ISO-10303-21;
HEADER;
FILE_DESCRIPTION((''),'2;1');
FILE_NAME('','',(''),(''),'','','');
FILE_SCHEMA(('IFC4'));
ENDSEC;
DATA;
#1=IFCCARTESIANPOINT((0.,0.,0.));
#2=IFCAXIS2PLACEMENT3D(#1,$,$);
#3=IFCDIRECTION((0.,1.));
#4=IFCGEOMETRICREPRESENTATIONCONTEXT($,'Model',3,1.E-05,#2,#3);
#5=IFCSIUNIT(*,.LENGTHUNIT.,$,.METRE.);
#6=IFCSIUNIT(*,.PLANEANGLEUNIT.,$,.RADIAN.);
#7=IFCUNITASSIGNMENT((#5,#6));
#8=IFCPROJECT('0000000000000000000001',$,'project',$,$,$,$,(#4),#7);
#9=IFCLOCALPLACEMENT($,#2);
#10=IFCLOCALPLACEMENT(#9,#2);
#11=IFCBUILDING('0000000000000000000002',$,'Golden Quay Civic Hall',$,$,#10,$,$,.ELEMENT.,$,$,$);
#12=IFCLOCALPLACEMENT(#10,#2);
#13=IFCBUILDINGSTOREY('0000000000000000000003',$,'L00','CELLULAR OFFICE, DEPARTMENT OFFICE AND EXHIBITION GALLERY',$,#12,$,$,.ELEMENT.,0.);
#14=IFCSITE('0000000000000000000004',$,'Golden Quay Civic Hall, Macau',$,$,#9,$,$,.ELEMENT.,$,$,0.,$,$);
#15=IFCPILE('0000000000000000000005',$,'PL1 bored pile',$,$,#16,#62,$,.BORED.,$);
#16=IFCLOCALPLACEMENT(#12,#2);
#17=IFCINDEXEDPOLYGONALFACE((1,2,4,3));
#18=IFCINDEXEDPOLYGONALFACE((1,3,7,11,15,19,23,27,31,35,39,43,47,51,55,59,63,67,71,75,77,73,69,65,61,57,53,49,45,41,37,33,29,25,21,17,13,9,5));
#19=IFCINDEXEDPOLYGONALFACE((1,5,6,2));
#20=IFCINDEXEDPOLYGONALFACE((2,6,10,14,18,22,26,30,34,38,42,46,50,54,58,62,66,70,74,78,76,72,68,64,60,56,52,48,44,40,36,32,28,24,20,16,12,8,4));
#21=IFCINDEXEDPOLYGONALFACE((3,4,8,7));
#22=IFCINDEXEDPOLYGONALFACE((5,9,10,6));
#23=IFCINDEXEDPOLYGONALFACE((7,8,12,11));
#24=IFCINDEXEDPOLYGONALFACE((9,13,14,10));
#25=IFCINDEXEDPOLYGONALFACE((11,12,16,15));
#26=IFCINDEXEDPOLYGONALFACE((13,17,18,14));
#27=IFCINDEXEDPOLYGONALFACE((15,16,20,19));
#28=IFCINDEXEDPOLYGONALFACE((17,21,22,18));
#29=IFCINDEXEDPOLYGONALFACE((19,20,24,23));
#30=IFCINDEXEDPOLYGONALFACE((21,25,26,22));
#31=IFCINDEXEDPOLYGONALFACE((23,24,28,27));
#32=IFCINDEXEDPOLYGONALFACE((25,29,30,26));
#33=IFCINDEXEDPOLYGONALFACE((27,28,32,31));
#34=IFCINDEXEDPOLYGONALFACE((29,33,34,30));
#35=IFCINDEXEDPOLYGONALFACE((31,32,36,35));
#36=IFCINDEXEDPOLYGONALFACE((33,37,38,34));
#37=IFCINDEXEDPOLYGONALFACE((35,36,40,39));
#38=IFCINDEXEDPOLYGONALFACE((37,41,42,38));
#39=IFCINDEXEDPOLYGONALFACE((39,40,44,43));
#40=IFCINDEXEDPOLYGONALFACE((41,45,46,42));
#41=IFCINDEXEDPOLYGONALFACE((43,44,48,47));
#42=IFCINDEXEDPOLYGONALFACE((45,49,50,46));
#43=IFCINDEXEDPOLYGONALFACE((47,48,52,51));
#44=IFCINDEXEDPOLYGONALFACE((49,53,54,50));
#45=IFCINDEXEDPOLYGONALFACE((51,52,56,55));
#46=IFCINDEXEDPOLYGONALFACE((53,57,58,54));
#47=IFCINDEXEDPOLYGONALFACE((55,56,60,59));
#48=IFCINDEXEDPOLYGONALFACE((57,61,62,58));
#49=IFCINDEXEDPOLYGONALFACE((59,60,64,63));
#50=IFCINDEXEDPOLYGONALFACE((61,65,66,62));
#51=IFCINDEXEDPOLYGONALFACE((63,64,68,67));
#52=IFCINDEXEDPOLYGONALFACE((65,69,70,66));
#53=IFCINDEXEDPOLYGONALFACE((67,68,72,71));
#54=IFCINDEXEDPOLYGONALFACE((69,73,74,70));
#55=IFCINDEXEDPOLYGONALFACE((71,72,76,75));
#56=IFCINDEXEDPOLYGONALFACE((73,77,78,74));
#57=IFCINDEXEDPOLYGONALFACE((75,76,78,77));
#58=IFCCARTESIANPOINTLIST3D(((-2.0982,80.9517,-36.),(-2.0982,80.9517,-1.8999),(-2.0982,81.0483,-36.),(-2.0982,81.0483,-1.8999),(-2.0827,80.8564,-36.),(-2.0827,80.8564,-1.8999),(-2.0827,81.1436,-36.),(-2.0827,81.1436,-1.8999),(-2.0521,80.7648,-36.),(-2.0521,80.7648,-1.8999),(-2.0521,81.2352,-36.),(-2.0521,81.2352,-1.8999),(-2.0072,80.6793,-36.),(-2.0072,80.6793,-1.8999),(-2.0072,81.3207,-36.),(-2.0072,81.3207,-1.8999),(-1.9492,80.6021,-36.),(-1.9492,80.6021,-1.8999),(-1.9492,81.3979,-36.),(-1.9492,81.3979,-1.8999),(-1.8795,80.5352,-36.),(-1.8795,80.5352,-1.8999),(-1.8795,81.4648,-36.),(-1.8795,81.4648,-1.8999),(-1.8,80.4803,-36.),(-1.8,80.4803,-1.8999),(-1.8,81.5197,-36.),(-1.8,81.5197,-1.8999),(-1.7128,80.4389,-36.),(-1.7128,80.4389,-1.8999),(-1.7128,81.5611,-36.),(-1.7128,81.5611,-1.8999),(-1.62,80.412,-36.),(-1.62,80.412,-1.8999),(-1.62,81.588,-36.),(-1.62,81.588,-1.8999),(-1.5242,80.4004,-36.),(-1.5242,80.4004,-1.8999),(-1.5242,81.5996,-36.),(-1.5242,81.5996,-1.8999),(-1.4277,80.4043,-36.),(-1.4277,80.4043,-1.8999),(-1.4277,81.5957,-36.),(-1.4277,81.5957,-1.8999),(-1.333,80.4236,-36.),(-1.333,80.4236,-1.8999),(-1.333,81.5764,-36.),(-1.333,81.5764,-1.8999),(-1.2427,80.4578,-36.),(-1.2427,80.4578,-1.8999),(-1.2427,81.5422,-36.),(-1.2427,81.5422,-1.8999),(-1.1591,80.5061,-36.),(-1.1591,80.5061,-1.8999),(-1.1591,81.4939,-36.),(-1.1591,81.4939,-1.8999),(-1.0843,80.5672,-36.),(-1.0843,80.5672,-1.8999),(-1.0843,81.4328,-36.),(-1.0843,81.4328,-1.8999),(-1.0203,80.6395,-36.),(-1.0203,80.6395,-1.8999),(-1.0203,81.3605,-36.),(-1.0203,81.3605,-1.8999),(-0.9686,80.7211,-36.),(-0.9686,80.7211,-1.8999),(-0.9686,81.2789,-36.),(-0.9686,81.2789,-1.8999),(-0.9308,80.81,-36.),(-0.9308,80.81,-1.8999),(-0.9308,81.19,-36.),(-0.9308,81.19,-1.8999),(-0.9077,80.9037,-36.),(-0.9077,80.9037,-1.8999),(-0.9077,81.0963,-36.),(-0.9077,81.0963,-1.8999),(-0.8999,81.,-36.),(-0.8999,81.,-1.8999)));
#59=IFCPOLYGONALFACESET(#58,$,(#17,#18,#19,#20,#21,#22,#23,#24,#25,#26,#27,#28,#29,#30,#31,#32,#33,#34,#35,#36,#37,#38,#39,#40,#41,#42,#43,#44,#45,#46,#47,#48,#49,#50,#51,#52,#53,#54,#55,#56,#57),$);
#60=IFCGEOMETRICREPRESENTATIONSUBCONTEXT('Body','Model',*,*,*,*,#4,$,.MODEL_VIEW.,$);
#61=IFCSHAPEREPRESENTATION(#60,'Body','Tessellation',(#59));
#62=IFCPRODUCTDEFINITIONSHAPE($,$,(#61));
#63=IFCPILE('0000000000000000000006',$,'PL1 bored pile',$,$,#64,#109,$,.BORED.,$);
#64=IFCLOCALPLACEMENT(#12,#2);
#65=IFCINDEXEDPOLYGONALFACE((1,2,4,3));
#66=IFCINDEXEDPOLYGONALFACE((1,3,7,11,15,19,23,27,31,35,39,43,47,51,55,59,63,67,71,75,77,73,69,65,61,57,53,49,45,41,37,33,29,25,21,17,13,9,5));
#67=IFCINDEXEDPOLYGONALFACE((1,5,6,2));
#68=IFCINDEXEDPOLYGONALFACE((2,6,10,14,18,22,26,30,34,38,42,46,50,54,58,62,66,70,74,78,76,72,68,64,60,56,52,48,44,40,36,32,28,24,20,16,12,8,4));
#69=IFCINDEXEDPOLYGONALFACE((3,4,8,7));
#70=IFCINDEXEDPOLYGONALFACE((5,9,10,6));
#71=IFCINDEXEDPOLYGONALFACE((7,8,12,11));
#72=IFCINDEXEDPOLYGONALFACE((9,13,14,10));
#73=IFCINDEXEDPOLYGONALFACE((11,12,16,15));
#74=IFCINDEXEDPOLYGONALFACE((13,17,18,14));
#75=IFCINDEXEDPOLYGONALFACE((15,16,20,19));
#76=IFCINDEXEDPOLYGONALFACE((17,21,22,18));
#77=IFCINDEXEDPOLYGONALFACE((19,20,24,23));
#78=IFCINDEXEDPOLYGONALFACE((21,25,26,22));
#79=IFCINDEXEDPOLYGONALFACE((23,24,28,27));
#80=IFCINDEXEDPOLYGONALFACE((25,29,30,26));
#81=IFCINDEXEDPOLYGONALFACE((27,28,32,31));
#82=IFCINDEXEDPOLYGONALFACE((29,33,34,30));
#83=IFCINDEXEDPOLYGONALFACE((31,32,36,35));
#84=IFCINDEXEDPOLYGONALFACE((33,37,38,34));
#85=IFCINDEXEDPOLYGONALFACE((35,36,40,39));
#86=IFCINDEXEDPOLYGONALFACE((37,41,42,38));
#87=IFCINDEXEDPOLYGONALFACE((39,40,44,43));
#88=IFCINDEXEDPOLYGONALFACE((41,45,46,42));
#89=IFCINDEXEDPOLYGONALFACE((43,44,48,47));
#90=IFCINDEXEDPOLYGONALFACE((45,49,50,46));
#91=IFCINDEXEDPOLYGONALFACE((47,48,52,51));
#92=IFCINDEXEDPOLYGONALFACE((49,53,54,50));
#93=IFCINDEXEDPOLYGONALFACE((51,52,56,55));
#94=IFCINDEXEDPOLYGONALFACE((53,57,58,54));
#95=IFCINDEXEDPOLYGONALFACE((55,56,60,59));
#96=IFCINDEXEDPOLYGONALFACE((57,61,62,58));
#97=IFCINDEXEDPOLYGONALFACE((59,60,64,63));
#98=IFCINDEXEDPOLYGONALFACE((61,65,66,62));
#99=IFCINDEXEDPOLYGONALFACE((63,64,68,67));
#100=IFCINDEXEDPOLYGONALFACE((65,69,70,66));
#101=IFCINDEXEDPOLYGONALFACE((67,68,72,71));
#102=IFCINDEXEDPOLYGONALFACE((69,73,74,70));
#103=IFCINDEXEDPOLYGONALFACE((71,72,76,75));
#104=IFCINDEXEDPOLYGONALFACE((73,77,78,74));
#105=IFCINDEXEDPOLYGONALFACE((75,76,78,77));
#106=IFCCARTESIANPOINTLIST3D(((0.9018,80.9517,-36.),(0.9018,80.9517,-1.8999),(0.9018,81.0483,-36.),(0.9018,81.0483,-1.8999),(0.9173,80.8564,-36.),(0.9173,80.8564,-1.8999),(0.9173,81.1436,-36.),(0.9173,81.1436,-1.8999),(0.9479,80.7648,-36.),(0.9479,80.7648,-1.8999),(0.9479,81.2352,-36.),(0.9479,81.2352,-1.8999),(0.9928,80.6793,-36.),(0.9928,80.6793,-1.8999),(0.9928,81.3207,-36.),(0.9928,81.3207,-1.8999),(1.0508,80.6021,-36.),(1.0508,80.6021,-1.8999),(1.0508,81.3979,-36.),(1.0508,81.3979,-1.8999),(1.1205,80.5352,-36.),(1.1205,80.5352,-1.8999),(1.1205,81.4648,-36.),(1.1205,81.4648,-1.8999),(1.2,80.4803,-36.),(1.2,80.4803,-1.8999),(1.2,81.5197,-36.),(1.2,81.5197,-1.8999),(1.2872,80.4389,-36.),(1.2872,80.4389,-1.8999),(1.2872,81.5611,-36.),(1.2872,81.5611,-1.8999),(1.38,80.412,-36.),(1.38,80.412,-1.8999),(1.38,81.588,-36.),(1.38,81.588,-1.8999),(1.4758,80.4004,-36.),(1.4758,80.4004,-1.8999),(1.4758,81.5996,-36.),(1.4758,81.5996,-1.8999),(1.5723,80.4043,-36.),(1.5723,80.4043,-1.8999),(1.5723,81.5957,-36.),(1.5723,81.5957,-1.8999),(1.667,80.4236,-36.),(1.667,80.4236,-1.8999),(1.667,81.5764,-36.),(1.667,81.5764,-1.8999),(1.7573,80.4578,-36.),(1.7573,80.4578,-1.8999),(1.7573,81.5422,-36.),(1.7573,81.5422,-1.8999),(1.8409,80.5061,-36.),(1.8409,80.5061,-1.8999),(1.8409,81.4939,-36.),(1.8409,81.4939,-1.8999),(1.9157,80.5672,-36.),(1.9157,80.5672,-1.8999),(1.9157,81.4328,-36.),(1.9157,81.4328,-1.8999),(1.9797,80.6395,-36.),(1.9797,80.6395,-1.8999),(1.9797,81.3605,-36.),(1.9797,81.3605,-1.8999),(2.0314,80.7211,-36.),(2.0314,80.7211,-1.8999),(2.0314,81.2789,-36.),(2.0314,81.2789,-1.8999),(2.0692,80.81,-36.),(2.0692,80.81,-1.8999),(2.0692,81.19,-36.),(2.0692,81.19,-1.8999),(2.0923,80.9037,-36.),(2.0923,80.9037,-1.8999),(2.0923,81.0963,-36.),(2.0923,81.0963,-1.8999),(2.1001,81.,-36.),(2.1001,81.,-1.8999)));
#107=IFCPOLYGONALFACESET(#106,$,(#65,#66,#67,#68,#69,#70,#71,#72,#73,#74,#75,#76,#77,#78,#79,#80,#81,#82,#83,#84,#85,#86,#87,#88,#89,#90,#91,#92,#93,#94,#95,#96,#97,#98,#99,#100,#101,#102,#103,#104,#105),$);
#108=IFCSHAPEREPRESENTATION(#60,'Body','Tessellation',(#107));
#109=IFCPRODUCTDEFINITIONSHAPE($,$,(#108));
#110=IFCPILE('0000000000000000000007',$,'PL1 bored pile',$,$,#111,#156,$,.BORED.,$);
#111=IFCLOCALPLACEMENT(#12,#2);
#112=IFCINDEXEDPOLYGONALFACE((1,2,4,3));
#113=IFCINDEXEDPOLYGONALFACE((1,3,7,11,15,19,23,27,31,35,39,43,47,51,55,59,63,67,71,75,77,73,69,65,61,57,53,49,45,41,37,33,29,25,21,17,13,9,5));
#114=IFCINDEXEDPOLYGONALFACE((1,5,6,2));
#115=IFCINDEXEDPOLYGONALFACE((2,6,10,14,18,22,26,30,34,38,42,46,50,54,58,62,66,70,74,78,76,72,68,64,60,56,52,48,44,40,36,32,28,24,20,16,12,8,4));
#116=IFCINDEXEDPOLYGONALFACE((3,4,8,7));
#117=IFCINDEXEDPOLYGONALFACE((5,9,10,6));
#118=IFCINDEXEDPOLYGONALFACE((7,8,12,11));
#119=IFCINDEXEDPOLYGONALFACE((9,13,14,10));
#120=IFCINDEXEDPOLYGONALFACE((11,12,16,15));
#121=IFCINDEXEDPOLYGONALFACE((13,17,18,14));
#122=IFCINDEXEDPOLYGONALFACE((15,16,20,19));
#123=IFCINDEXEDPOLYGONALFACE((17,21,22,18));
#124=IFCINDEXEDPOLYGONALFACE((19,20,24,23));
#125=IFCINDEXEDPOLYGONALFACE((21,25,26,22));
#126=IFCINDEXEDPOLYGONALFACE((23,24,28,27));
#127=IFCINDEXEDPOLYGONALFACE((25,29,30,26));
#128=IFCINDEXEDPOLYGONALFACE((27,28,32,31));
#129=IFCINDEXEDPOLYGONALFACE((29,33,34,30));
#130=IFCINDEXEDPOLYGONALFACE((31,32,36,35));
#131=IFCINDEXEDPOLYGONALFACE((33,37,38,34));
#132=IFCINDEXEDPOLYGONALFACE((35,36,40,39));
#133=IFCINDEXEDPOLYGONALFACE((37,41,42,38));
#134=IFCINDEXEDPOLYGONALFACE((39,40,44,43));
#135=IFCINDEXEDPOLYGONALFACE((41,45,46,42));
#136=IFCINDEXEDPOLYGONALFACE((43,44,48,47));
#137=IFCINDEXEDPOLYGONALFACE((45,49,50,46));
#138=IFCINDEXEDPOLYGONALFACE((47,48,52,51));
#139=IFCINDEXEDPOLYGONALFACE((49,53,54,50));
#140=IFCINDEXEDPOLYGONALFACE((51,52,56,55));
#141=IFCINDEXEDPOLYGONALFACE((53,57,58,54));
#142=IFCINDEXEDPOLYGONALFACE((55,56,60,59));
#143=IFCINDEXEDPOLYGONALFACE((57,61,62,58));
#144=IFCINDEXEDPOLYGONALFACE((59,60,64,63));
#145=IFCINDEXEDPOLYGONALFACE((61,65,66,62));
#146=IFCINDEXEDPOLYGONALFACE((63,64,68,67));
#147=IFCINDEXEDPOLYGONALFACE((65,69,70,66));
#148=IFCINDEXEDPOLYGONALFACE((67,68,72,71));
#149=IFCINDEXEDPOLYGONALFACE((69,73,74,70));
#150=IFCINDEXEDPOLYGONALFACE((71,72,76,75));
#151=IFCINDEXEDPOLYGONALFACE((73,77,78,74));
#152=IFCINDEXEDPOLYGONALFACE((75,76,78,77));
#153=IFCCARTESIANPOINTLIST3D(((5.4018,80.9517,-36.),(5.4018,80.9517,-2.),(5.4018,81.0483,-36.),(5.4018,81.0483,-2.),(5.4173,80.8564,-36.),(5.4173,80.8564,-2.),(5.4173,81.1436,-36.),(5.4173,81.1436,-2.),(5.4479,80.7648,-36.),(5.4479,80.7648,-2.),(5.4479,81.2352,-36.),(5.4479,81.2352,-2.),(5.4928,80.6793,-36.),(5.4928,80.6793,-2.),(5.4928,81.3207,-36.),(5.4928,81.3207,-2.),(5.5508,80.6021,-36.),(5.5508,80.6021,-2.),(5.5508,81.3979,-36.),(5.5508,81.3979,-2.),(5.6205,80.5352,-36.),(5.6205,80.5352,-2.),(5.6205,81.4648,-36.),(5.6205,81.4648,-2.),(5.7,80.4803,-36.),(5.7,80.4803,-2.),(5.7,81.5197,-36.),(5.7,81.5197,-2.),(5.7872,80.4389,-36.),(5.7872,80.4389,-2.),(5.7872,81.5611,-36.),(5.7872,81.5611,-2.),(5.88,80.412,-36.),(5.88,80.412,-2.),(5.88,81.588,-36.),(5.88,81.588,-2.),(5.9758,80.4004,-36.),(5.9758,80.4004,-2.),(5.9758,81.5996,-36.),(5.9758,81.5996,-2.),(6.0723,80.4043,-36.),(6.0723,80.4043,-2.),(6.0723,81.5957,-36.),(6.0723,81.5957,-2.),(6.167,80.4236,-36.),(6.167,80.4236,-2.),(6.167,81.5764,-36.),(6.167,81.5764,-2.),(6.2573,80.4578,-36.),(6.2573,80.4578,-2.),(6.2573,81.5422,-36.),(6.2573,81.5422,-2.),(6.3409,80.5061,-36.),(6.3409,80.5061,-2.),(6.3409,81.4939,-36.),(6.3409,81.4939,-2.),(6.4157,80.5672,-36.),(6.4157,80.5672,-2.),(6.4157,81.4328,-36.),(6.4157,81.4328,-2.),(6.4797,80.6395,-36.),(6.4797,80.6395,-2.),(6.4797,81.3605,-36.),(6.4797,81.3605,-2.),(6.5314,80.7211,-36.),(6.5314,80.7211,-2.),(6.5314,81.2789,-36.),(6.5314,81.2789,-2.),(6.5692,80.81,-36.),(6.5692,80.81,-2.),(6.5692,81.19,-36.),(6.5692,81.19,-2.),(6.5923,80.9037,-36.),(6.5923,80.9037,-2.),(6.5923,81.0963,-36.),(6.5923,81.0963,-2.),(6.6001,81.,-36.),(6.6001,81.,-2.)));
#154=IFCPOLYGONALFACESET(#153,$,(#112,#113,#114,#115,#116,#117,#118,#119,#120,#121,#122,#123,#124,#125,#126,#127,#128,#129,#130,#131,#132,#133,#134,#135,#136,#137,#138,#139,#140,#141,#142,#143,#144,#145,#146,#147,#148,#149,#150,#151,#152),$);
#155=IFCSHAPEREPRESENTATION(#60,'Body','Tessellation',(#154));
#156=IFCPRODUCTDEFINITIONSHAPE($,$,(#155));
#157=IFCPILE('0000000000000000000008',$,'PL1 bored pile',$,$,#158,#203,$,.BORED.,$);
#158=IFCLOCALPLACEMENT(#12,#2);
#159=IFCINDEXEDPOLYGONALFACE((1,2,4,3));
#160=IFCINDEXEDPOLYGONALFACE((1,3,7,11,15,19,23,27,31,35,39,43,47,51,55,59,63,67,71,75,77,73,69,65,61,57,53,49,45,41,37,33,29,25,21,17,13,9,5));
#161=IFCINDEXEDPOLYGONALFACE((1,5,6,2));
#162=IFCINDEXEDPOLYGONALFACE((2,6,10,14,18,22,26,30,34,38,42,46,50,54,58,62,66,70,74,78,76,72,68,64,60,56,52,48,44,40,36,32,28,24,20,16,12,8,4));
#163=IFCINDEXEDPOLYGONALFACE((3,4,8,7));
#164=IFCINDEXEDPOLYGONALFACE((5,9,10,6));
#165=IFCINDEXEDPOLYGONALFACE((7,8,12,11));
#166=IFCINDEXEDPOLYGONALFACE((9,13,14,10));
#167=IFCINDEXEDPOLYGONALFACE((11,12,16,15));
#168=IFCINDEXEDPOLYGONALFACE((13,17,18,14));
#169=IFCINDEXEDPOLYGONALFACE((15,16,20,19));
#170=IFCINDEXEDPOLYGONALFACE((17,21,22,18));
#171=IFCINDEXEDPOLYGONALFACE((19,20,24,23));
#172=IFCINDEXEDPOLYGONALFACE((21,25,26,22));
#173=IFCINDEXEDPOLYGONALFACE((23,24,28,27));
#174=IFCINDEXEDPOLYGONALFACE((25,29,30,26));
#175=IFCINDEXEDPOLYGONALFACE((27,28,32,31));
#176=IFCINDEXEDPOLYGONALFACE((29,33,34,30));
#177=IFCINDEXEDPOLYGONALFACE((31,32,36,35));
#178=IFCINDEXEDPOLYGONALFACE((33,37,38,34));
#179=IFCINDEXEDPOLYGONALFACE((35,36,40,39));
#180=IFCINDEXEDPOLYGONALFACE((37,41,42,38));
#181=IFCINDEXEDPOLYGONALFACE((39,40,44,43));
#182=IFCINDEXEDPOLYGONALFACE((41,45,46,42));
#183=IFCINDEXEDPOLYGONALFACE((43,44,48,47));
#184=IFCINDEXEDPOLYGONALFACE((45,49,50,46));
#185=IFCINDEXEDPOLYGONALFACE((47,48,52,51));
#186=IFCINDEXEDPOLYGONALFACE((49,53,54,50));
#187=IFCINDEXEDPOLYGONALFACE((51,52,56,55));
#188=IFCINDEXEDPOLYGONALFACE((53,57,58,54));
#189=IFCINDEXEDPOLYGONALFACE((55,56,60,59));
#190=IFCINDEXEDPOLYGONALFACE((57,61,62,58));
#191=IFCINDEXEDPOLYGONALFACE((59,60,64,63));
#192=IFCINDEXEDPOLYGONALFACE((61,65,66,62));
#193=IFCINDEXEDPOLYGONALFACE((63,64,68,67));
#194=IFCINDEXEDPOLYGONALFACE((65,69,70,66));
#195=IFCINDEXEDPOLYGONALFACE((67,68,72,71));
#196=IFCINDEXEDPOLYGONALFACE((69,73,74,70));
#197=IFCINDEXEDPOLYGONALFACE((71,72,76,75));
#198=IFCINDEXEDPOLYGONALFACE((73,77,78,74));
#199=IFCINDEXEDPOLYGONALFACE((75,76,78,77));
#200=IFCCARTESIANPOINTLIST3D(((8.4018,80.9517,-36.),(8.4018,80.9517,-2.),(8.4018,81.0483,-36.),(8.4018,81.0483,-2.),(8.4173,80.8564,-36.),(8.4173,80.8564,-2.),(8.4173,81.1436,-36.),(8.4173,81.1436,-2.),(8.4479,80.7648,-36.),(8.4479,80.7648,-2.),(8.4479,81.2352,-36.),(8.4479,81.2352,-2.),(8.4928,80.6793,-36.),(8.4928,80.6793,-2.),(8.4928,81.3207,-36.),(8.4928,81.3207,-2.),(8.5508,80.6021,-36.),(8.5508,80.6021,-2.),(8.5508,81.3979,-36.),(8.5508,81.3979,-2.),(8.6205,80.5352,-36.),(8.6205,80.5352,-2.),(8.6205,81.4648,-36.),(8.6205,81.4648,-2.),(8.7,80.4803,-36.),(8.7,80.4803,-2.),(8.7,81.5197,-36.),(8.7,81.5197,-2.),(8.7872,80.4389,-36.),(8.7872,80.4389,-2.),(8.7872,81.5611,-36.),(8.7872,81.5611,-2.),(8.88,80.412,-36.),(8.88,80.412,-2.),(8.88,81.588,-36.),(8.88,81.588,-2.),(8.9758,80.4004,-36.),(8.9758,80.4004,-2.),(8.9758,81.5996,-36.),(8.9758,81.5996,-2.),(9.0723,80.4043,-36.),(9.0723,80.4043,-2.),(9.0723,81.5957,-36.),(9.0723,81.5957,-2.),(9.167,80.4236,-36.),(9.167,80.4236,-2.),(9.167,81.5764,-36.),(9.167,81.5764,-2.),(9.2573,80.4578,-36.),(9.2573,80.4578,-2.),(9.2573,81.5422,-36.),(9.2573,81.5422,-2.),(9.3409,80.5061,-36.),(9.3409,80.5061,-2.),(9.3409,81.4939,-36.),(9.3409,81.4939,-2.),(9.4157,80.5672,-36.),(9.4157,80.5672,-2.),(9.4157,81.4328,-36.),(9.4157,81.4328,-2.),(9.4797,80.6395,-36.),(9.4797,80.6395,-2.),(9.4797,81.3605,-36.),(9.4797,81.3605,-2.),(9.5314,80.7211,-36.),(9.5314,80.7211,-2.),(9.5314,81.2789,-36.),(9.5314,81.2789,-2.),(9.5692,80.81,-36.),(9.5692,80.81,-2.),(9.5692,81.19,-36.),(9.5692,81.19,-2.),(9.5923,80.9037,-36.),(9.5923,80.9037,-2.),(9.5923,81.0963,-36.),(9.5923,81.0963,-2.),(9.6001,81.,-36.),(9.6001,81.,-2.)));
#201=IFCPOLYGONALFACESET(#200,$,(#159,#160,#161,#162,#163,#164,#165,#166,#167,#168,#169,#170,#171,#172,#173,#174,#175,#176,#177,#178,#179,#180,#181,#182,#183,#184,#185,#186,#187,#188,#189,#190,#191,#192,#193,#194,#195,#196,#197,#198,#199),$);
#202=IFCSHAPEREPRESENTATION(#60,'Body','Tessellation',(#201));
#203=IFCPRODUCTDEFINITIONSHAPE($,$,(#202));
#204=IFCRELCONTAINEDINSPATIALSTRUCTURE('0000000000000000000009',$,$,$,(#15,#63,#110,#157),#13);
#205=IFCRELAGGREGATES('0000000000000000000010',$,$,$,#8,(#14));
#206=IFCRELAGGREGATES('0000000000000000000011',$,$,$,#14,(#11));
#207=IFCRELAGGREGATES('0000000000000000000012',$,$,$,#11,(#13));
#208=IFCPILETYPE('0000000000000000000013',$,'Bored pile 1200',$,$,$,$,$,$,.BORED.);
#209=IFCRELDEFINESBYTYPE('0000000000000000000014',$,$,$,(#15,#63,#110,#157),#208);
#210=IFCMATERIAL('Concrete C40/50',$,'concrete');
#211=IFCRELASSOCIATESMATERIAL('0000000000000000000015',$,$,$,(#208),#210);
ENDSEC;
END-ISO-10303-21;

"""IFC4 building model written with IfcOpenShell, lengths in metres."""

from ifc_helpers import new_model, si_unit, direction, frame, origin, origin_2d, place, context, subcontext, project, spatial, circle, extrude, material, material_profile, profile_set, type_object, element, save


model = new_model("IFC4")

# Units and contexts
model_context = context("Model", 3, precision=1e-05, world=origin(), true_north=direction((0.0, 1.0)))
body_context = subcontext(model_context, "Body", "Model", "MODEL_VIEW")
ifc_project = project(units=[si_unit("LENGTHUNIT", "METRE"), si_unit("PLANEANGLEUNIT", "RADIAN")], contexts=[model_context])

# Site, building, storey
site_placement = place(None, origin())
site = spatial("IfcSite", under=ifc_project, at=site_placement, Name="Golden Quay Civic Hall, Macau", CompositionType="ELEMENT", RefElevation=0.0)
building_placement = place(site_placement, origin())
building = spatial("IfcBuilding", under=site, at=building_placement, Name="Golden Quay Civic Hall", CompositionType="ELEMENT")
storey_placement = place(building_placement, origin())
storey = spatial("IfcBuildingStorey", under=building, at=storey_placement, Name="L00", Description="CELLULAR OFFICE, DEPARTMENT OFFICE AND EXHIBITION GALLERY", CompositionType="ELEMENT", Elevation=0.0)

# Piles
ifc_material_1 = material(Name="Concrete C40/50", Category="concrete")
ifc_material_profile_1 = material_profile(ifc_material_1, circle(Radius=0.6001, at=origin_2d()), Name="RC D1200")
ifc_profile_set_1 = profile_set([ifc_material_profile_1], Name="Concrete C40/50")
pile_type = type_object("IfcPileType", Name="Bored pile 1200", PredefinedType="BORED", material=ifc_profile_set_1)
for number, where, z_axis, x_axis, name in (
    (1, (-1.5, 81.0, -1.8999), (0.0, 0.0, -1.0), (1.0, 0.0, 0.0), "PL1 bored pile"),
    (2, (1.5, 81.0, -1.8999), (0.0, 0.0, -1.0), (1.0, 0.0, 0.0), "PL1 bored pile"),
):
    element("IfcPile", number, at=place(storey_placement, frame(where, z_axis=z_axis, x_axis=x_axis)), inside=storey, type_object=pile_type, Name=name, PredefinedType="BORED", context=body_context, shape_type="SweptSolid", body=[
        extrude(circle(Radius=0.6001, at=origin_2d()), origin(), (0.0, 0.0, 1.0), 34.1001),
    ])
for number, where, z_axis, x_axis, name in (
    (3, (6.0, 81.0, -2.0), (0.0, 0.0, -1.0), (1.0, 0.0, 0.0), "PL1 bored pile"),
    (4, (9.0, 81.0, -2.0), (0.0, 0.0, -1.0), (1.0, 0.0, 0.0), "PL1 bored pile"),
):
    element("IfcPile", number, at=place(storey_placement, frame(where, z_axis=z_axis, x_axis=x_axis)), inside=storey, type_object=pile_type, Name=name, PredefinedType="BORED", context=body_context, shape_type="SweptSolid", body=[
        extrude(circle(Radius=0.6001, at=origin_2d()), origin(), (0.0, 0.0, 1.0), 34.0),
    ])

save(model, "model.ifc")
